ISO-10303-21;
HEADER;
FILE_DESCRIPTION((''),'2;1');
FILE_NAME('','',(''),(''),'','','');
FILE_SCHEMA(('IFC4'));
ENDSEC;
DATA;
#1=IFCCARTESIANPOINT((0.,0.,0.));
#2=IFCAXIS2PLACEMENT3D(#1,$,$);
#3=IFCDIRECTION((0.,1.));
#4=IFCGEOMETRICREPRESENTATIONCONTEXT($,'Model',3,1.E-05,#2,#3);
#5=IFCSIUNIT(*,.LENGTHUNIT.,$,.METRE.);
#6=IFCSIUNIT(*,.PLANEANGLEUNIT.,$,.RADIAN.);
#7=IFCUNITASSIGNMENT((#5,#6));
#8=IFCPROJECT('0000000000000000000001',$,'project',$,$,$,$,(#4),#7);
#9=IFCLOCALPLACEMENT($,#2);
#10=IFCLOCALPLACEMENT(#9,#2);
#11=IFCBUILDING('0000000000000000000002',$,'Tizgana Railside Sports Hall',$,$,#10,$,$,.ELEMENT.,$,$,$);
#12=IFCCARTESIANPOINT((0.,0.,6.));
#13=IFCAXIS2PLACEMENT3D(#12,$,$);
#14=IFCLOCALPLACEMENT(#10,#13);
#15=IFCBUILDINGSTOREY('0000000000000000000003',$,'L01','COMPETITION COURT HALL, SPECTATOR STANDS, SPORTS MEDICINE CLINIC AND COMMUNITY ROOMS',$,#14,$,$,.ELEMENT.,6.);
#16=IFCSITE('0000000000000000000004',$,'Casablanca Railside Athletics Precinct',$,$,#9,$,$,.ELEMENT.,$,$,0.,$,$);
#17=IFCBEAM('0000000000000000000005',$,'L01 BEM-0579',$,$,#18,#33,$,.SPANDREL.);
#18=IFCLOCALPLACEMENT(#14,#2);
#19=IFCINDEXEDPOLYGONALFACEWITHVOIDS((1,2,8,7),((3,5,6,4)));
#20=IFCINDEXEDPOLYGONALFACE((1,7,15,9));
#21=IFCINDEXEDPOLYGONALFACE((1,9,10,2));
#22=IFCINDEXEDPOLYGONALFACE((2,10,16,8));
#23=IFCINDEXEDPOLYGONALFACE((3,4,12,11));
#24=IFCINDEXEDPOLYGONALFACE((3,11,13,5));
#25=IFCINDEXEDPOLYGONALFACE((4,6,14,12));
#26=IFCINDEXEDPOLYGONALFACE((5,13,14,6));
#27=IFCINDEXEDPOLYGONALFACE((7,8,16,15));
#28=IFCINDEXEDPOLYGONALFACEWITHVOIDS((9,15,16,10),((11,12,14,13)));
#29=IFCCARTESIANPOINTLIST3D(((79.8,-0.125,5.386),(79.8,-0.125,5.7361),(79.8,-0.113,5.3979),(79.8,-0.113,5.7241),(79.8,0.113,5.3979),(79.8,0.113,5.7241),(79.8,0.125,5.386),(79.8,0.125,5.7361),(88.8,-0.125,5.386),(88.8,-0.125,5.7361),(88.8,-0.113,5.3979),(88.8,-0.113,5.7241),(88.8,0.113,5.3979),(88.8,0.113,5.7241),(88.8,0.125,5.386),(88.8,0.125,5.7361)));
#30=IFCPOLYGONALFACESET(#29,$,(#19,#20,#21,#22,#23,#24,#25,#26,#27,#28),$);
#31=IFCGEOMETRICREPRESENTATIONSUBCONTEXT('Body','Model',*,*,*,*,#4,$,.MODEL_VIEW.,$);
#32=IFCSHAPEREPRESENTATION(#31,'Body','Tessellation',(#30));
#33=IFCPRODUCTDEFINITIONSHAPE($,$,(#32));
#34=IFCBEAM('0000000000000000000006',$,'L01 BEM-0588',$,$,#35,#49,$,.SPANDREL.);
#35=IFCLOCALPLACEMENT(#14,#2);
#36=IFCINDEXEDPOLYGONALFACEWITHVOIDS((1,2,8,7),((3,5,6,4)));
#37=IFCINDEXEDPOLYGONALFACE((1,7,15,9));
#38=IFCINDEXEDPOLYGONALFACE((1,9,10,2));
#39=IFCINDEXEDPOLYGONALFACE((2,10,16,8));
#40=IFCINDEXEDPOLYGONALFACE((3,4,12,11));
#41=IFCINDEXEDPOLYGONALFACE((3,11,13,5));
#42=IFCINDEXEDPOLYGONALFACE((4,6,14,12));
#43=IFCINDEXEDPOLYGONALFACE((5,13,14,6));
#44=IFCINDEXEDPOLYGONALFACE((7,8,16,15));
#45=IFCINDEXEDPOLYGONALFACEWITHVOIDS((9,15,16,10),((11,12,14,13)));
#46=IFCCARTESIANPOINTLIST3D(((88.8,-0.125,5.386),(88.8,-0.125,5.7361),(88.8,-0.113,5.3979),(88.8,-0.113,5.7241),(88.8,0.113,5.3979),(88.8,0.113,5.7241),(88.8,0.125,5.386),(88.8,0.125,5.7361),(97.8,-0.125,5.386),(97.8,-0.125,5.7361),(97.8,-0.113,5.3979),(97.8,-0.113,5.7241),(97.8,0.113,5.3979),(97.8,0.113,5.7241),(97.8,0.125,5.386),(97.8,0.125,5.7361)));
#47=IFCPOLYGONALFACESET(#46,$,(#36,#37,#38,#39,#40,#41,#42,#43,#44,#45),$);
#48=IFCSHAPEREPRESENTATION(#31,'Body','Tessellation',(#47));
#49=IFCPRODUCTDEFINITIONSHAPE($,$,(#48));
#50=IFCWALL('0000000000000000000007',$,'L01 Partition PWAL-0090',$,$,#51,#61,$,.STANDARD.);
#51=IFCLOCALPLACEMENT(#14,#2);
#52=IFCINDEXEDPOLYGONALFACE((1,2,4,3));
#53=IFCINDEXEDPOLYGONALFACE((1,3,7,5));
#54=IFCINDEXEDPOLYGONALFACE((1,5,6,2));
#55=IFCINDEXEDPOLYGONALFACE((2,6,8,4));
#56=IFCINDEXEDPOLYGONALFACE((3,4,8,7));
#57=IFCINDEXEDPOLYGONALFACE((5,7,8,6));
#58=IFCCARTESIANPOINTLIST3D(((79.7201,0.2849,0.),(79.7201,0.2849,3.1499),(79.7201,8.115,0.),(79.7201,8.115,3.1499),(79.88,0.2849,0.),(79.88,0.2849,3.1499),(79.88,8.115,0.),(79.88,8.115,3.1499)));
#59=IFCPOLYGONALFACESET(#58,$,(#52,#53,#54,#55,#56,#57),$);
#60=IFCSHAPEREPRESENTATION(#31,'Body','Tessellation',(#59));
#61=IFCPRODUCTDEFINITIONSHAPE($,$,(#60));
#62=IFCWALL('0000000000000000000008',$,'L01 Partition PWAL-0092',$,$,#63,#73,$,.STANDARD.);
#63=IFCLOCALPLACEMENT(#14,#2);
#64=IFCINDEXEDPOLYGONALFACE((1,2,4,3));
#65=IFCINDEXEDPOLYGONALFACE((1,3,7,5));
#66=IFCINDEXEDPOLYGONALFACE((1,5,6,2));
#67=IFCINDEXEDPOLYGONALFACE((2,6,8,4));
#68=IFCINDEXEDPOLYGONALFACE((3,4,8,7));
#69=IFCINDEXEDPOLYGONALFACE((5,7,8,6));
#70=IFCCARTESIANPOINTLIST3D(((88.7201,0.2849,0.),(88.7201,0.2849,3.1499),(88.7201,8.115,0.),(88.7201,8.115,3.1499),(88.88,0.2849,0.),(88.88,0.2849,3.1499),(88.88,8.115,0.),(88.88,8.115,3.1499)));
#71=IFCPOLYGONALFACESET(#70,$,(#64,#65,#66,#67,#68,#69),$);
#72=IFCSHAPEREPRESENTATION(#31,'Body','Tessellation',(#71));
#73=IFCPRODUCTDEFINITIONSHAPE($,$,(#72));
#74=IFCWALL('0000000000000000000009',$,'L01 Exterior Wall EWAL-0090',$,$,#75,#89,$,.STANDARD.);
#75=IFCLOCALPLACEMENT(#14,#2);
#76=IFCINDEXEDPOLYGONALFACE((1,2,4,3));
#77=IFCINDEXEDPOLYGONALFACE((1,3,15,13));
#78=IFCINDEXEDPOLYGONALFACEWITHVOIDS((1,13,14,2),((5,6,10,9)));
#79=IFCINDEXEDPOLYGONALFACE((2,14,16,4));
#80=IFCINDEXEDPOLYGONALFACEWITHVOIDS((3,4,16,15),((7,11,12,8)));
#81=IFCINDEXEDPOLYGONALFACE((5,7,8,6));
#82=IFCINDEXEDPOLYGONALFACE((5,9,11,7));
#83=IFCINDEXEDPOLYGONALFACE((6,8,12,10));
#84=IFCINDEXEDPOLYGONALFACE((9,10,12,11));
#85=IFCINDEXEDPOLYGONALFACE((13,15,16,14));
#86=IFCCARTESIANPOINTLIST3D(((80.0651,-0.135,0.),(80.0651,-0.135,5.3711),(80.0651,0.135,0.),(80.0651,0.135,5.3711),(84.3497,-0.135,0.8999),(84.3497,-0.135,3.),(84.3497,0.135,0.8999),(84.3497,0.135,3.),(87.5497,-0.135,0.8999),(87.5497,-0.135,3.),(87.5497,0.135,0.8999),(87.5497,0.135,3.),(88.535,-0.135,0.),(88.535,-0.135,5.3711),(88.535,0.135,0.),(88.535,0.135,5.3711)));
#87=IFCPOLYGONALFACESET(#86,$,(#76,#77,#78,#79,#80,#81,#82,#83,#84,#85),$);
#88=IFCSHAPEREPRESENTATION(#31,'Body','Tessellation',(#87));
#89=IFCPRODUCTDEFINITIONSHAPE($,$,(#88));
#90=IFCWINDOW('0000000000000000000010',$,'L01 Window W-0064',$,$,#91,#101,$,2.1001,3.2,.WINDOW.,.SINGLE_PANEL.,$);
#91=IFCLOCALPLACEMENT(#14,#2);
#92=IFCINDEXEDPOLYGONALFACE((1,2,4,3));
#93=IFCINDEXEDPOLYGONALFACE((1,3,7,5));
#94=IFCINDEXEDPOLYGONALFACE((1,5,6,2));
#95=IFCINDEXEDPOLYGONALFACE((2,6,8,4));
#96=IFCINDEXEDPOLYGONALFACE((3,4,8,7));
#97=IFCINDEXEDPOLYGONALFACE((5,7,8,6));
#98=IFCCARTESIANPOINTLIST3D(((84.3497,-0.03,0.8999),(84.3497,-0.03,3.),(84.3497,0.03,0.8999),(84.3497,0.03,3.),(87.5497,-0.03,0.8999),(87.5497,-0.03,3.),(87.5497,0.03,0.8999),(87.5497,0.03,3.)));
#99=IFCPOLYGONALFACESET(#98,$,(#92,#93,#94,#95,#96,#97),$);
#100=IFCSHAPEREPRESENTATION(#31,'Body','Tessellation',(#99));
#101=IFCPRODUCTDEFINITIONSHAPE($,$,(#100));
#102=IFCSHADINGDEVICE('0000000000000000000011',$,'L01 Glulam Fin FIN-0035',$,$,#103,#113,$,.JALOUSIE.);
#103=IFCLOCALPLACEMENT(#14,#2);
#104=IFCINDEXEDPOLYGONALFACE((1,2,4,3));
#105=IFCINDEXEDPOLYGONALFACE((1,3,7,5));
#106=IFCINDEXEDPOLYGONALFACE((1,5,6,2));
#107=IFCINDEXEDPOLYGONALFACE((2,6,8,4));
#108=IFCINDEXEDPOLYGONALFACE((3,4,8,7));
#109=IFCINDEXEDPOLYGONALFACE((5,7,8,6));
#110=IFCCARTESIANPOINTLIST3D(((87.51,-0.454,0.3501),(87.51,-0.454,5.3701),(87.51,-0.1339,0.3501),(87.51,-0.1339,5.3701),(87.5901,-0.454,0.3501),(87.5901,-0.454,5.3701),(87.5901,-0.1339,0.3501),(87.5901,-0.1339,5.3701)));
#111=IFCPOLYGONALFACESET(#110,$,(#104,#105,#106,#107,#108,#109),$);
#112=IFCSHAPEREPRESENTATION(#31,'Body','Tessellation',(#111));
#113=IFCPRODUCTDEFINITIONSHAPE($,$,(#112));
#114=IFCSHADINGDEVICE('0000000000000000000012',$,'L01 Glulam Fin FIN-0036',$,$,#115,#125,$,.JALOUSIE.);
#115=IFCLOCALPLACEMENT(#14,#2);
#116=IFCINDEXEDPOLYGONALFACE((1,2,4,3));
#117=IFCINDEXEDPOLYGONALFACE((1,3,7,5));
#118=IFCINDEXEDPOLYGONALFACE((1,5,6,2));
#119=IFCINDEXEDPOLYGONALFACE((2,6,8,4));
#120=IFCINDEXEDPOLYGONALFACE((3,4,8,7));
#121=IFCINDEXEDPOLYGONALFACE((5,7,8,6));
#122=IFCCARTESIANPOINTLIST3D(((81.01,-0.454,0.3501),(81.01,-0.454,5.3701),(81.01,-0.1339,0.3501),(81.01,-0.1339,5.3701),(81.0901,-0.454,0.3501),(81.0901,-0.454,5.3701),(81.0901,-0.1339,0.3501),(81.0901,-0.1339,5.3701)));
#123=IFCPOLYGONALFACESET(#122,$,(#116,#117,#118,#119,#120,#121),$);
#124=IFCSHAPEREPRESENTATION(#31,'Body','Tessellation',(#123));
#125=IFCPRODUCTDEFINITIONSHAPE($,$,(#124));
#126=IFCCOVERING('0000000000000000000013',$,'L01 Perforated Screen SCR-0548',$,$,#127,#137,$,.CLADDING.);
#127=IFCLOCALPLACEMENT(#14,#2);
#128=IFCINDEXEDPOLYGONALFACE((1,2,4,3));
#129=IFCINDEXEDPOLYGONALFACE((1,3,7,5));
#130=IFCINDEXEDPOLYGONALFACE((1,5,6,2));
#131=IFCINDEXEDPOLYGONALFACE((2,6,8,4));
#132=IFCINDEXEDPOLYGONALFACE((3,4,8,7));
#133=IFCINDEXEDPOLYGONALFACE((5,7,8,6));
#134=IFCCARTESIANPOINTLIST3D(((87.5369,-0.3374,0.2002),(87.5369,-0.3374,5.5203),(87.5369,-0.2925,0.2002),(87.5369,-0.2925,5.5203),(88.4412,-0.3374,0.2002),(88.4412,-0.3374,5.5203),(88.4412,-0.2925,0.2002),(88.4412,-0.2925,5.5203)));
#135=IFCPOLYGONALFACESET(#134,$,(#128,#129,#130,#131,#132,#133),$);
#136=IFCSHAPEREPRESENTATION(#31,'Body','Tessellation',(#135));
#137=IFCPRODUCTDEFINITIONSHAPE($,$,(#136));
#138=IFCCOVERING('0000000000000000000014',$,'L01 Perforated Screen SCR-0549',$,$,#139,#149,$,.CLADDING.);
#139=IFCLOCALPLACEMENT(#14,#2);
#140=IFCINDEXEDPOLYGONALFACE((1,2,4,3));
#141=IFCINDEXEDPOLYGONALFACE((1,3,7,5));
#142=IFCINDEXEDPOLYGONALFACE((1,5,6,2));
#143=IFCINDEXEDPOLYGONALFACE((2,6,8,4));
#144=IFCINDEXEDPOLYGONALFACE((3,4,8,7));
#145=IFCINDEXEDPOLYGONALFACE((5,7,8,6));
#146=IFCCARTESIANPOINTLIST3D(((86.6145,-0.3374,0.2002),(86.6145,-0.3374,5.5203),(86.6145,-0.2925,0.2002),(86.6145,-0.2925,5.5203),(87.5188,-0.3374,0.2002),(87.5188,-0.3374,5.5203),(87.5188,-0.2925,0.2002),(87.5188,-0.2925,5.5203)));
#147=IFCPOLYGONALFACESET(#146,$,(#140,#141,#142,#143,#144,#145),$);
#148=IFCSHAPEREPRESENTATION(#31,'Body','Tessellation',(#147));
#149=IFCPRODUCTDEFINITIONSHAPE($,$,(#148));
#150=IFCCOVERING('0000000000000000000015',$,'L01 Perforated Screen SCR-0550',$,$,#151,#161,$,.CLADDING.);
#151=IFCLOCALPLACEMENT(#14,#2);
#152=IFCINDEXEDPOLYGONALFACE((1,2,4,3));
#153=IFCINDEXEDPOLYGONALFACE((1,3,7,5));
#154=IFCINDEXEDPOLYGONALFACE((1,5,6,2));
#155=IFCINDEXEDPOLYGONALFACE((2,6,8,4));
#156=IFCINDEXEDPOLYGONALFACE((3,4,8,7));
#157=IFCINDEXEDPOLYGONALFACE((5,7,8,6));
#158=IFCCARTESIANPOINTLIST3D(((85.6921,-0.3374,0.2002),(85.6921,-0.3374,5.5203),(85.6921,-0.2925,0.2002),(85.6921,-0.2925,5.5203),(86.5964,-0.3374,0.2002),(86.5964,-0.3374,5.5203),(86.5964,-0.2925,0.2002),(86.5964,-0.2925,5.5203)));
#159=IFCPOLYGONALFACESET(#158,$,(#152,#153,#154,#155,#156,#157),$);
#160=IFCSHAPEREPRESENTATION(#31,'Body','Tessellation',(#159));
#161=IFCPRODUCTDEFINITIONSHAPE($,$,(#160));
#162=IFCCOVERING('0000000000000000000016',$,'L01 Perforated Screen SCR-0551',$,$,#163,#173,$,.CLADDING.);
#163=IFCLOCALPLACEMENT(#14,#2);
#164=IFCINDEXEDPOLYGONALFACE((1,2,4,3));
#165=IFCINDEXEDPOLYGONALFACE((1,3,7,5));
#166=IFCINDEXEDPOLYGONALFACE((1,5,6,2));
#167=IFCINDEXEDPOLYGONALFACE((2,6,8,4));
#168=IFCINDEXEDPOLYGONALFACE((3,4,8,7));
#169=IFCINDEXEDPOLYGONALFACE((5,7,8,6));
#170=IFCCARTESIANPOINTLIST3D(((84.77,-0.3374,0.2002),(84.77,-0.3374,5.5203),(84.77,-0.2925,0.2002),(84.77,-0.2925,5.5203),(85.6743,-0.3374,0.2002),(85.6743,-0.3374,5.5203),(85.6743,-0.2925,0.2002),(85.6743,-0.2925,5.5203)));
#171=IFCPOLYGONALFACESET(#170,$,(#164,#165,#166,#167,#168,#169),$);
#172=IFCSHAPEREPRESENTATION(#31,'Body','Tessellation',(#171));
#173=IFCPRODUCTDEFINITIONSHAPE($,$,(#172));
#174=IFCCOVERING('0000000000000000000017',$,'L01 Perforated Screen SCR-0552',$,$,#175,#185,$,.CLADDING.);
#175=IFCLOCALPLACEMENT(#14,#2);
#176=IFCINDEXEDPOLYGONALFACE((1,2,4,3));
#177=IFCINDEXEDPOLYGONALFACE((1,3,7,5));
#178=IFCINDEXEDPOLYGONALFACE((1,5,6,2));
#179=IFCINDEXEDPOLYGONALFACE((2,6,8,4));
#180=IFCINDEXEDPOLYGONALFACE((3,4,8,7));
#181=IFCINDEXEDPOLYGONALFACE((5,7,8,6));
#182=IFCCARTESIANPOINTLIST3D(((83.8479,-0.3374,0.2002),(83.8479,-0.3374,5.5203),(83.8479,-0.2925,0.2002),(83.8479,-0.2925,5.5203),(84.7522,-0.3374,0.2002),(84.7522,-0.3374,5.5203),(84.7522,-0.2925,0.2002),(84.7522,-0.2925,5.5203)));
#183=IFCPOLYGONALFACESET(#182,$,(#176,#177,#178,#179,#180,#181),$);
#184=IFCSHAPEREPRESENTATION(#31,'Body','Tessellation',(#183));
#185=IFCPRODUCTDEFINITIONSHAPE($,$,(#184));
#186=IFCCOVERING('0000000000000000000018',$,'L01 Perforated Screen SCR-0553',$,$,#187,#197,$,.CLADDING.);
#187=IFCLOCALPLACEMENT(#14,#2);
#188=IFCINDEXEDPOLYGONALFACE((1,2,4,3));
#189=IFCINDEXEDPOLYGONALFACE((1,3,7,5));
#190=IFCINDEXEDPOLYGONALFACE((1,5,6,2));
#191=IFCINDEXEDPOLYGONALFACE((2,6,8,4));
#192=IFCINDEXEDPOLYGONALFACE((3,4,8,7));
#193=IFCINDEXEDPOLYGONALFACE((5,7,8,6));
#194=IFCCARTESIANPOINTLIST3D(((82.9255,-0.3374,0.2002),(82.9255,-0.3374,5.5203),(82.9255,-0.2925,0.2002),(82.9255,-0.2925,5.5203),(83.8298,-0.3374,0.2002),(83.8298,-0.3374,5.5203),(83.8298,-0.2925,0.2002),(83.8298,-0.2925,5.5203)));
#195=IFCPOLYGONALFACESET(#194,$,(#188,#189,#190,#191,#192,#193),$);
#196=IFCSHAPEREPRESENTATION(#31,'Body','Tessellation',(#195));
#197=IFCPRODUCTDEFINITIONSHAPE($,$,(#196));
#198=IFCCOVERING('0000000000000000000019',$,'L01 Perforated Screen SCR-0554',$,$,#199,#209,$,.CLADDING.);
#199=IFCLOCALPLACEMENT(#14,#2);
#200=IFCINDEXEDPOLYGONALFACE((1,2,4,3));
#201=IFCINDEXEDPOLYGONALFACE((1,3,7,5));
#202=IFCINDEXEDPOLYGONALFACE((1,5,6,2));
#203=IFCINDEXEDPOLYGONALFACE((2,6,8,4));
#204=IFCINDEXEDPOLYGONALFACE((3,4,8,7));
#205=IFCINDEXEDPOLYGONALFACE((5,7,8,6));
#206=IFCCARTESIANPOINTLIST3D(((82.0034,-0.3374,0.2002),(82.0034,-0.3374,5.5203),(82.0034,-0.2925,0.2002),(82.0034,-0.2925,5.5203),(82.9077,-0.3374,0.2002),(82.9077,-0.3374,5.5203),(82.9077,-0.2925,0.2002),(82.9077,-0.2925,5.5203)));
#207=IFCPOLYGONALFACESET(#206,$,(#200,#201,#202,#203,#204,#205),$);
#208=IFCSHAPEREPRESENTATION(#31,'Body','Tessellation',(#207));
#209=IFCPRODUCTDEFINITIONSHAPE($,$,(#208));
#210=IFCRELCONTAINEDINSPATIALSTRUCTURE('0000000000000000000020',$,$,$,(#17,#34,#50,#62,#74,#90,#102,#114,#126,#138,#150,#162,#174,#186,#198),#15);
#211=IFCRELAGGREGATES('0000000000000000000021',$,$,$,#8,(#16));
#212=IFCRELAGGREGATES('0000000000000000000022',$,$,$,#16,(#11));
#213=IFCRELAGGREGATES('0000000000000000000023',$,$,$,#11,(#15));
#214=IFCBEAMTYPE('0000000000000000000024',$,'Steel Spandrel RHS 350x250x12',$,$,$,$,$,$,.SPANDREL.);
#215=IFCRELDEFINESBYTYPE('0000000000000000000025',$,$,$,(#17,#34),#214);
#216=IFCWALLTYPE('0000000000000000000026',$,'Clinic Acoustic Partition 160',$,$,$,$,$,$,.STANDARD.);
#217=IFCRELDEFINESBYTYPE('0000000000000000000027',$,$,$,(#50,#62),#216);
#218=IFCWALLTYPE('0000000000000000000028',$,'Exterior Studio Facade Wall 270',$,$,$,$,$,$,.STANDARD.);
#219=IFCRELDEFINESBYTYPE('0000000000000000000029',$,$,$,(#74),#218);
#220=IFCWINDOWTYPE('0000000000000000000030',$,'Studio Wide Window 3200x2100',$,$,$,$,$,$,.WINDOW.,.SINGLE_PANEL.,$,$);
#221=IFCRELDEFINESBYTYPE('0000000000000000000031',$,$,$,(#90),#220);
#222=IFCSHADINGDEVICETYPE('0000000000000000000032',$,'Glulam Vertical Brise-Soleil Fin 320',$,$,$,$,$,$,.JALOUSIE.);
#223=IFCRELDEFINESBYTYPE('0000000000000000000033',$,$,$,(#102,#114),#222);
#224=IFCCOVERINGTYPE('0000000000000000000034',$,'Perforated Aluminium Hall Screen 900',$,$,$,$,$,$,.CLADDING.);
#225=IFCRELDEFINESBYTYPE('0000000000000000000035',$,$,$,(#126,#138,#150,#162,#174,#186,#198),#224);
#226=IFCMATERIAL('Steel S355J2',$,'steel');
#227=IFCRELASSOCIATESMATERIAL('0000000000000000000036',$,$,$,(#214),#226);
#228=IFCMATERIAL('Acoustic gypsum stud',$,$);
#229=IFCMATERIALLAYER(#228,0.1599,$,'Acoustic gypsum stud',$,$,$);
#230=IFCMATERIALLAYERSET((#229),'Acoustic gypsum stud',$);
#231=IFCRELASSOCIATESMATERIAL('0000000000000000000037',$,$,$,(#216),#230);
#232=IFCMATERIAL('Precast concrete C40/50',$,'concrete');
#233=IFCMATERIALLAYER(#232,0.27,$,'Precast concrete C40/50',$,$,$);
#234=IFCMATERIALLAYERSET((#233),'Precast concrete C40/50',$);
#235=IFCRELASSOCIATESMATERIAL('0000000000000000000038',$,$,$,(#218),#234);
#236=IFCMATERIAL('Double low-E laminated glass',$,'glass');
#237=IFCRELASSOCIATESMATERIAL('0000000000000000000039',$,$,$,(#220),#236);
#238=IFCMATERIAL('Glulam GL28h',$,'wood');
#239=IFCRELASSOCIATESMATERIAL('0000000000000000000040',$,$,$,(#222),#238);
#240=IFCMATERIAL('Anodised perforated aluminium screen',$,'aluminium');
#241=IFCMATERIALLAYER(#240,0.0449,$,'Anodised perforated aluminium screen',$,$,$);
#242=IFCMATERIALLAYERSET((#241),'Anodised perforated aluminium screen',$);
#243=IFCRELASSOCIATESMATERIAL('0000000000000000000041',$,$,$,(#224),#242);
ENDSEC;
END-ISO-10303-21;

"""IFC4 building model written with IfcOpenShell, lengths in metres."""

from ifc_helpers import new_model, si_unit, direction, frame, frame_2d, origin, origin_2d, place, context, subcontext, project, spatial, rectangle, hollow_rectangle, extrude, material, layer, layer_set, material_profile, profile_set, type_object, element, fill, save


model = new_model("IFC4")

# Units and contexts
model_context = context("Model", 3, precision=1e-05, world=origin(), true_north=direction((0.0, 1.0)))
body_context = subcontext(model_context, "Body", "Model", "MODEL_VIEW")
ifc_project = project(units=[si_unit("LENGTHUNIT", "METRE"), si_unit("PLANEANGLEUNIT", "RADIAN")], contexts=[model_context])

# Site, building, storey
site_placement = place(None, origin())
site = spatial("IfcSite", under=ifc_project, at=site_placement, Name="Casablanca Railside Athletics Precinct", CompositionType="ELEMENT", RefElevation=0.0)
building_placement = place(site_placement, origin())
building = spatial("IfcBuilding", under=site, at=building_placement, Name="Tizgana Railside Sports Hall", CompositionType="ELEMENT")
storey_placement = place(building_placement, frame((0.0, 0.0, 6.0)))
storey = spatial("IfcBuildingStorey", under=building, at=storey_placement, Name="L01", Description="COMPETITION COURT HALL, SPECTATOR STANDS, SPORTS MEDICINE CLINIC AND COMMUNITY ROOMS", CompositionType="ELEMENT", Elevation=6.0)

# Beams
ifc_material_1 = material(Name="Steel S355J2", Category="steel")
ifc_material_profile_1 = material_profile(ifc_material_1, hollow_rectangle(XDim=0.25, YDim=0.3501, WallThickness=0.012, at=origin_2d()), Name="RHS 350x250x12")
ifc_profile_set_1 = profile_set([ifc_material_profile_1], Name="Steel S355J2")
beam_type_1 = type_object("IfcBeamType", Name="Steel Spandrel RHS 350x250x12", PredefinedType="SPANDREL", material=ifc_profile_set_1)
for number, where, z_axis, x_axis, name in (
    (1, (79.8, 0.0, 5.561), (1.0, 0.0, 0.0), (0.0, 1.0, 0.0), "L01 BEM-0579"),
    (2, (88.8, 0.0, 5.561), (1.0, 0.0, 0.0), (0.0, 1.0, 0.0), "L01 BEM-0588"),
):
    element("IfcBeam", number, at=place(storey_placement, frame(where, z_axis=z_axis, x_axis=x_axis)), inside=storey, type_object=beam_type_1, Name=name, PredefinedType="SPANDREL", context=body_context, shape_type="SweptSolid", body=[
        extrude(hollow_rectangle(XDim=0.25, YDim=0.3501, WallThickness=0.012, at=origin_2d()), origin(), (0.0, 0.0, 1.0), 9.0),
    ])

# Walls
ifc_material_2 = material(Name="Acoustic gypsum stud")
ifc_layer_1 = layer(ifc_material_2, 0.1599, Name="Acoustic gypsum stud")
ifc_layer_set_1 = layer_set([ifc_layer_1], Name="Acoustic gypsum stud")
wall_type_1 = type_object("IfcWallType", Name="Clinic Acoustic Partition 160", PredefinedType="STANDARD", material=ifc_layer_set_1)
for number, where, z_axis, x_axis, name in (
    (3, (79.8, 0.2849, 0.0), (0.0, 0.0, 1.0), (0.0, 1.0, 0.0), "L01 Partition PWAL-0090"),
    (4, (88.8, 0.2849, 0.0), (0.0, 0.0, 1.0), (0.0, 1.0, 0.0), "L01 Partition PWAL-0092"),
):
    element("IfcWall", number, at=place(storey_placement, frame(where, z_axis=z_axis, x_axis=x_axis)), inside=storey, type_object=wall_type_1, Name=name, PredefinedType="STANDARD", context=body_context, shape_type="SweptSolid", body=[
        extrude(rectangle(XDim=7.8301, YDim=0.1599, at=frame_2d((3.915, 0.0))), origin(), (0.0, 0.0, 1.0), 3.1499),
    ])

# Wall, opening, window
ifc_material_3 = material(Name="Precast concrete C40/50", Category="concrete")
ifc_layer_2 = layer(ifc_material_3, 0.27, Name="Precast concrete C40/50")
ifc_layer_set_2 = layer_set([ifc_layer_2], Name="Precast concrete C40/50")
wall_type_2 = type_object("IfcWallType", Name="Exterior Studio Facade Wall 270", PredefinedType="STANDARD", material=ifc_layer_set_2)
wall_placement = place(storey_placement, frame((88.5349, 0.0, 0.0), z_axis=(0.0, 0.0, 1.0), x_axis=(-1.0, 0.0, 0.0)))
wall = element("IfcWall", 5, at=wall_placement, inside=storey, type_object=wall_type_2, Name="L01 Exterior Wall EWAL-0090", PredefinedType="STANDARD", context=body_context, shape_type="SweptSolid", body=[
    extrude(rectangle(XDim=8.47, YDim=0.27, at=frame_2d((4.2349, 0.0))), origin(), (0.0, 0.0, 1.0), 5.3711),
])
opening_placement = place(wall_placement, frame((0.9851, 0.0, 0.8999)))
opening = element("IfcOpeningElement", 6, at=opening_placement, cuts=wall, PredefinedType="OPENING", context=body_context, shape_type="SweptSolid", body=[
    extrude(rectangle(XDim=3.2, YDim=2.1001, at=frame_2d((1.6001, 1.05))), frame((0.0, 0.145, 0.0), z_axis=(0.0, -1.0, 0.0), x_axis=(1.0, 0.0, 0.0)), (0.0, 0.0, 1.0), 0.29),
])
ifc_material_4 = material(Name="Double low-E laminated glass", Category="glass")
window_type = type_object("IfcWindowType", Name="Studio Wide Window 3200x2100", PartitioningType="SINGLE_PANEL", PredefinedType="WINDOW", material=ifc_material_4)
window_placement = place(opening_placement, origin())
window = element("IfcWindow", 7, at=window_placement, inside=storey, type_object=window_type, Name="L01 Window W-0064", OverallHeight=2.1001, OverallWidth=3.2, PartitioningType="SINGLE_PANEL", PredefinedType="WINDOW", context=body_context, shape_type="SweptSolid", body=[
    extrude(rectangle(XDim=3.2, YDim=2.1001, at=frame_2d((1.6001, 1.05))), frame((0.0, 0.03, 0.0), z_axis=(0.0, -1.0, 0.0), x_axis=(1.0, 0.0, 0.0)), (0.0, 0.0, 1.0), 0.0601),
])
fill(opening, window)

# Shading devices
ifc_material_5 = material(Name="Glulam GL28h", Category="wood")
shading_device_type = type_object("IfcShadingDeviceType", Name="Glulam Vertical Brise-Soleil Fin 320", PredefinedType="JALOUSIE", material=ifc_material_5)
for number, where, z_axis, x_axis, name in (
    (8, (87.55, -0.2939, 0.3501), (0.0, 0.0, 1.0), (-1.0, 0.0, 0.0), "L01 Glulam Fin FIN-0035"),
    (9, (81.05, -0.2939, 0.3501), (0.0, 0.0, 1.0), (-1.0, 0.0, 0.0), "L01 Glulam Fin FIN-0036"),
):
    element("IfcShadingDevice", number, at=place(storey_placement, frame(where, z_axis=z_axis, x_axis=x_axis)), inside=storey, type_object=shading_device_type, Name=name, PredefinedType="JALOUSIE", context=body_context, shape_type="SweptSolid", body=[
        extrude(rectangle(XDim=0.0801, YDim=0.3201, at=origin_2d()), origin(), (0.0, 0.0, 1.0), 5.02),
    ])

# Coverings
ifc_material_6 = material(Name="Anodised perforated aluminium screen", Category="aluminium")
ifc_layer_3 = layer(ifc_material_6, 0.0449, Name="Anodised perforated aluminium screen")
ifc_layer_set_3 = layer_set([ifc_layer_3], Name="Anodised perforated aluminium screen")
covering_type = type_object("IfcCoveringType", Name="Perforated Aluminium Hall Screen 900", PredefinedType="CLADDING", material=ifc_layer_set_3)
for number, where, z_axis, x_axis, name in (
    (10, (87.989, -0.3149, 0.2002), (0.0, 0.0, 1.0), (-1.0, 0.0, 0.0), "L01 Perforated Screen SCR-0548"),
    (11, (87.0667, -0.3149, 0.2002), (0.0, 0.0, 1.0), (-1.0, 0.0, 0.0), "L01 Perforated Screen SCR-0549"),
    (12, (86.1443, -0.3149, 0.2002), (0.0, 0.0, 1.0), (-1.0, 0.0, 0.0), "L01 Perforated Screen SCR-0550"),
    (13, (85.2222, -0.3149, 0.2002), (0.0, 0.0, 1.0), (-1.0, 0.0, 0.0), "L01 Perforated Screen SCR-0551"),
    (14, (84.3, -0.3149, 0.2002), (0.0, 0.0, 1.0), (-1.0, 0.0, 0.0), "L01 Perforated Screen SCR-0552"),
    (15, (83.3777, -0.3149, 0.2002), (0.0, 0.0, 1.0), (-1.0, 0.0, 0.0), "L01 Perforated Screen SCR-0553"),
    (16, (82.4556, -0.3149, 0.2002), (0.0, 0.0, 1.0), (-1.0, 0.0, 0.0), "L01 Perforated Screen SCR-0554"),
):
    element("IfcCovering", number, at=place(storey_placement, frame(where, z_axis=z_axis, x_axis=x_axis)), inside=storey, type_object=covering_type, Name=name, PredefinedType="CLADDING", context=body_context, shape_type="SweptSolid", body=[
        extrude(rectangle(XDim=0.9043, YDim=0.0449, at=origin_2d()), origin(), (0.0, 0.0, 1.0), 5.3201),
    ])

save(model, "model.ifc")
